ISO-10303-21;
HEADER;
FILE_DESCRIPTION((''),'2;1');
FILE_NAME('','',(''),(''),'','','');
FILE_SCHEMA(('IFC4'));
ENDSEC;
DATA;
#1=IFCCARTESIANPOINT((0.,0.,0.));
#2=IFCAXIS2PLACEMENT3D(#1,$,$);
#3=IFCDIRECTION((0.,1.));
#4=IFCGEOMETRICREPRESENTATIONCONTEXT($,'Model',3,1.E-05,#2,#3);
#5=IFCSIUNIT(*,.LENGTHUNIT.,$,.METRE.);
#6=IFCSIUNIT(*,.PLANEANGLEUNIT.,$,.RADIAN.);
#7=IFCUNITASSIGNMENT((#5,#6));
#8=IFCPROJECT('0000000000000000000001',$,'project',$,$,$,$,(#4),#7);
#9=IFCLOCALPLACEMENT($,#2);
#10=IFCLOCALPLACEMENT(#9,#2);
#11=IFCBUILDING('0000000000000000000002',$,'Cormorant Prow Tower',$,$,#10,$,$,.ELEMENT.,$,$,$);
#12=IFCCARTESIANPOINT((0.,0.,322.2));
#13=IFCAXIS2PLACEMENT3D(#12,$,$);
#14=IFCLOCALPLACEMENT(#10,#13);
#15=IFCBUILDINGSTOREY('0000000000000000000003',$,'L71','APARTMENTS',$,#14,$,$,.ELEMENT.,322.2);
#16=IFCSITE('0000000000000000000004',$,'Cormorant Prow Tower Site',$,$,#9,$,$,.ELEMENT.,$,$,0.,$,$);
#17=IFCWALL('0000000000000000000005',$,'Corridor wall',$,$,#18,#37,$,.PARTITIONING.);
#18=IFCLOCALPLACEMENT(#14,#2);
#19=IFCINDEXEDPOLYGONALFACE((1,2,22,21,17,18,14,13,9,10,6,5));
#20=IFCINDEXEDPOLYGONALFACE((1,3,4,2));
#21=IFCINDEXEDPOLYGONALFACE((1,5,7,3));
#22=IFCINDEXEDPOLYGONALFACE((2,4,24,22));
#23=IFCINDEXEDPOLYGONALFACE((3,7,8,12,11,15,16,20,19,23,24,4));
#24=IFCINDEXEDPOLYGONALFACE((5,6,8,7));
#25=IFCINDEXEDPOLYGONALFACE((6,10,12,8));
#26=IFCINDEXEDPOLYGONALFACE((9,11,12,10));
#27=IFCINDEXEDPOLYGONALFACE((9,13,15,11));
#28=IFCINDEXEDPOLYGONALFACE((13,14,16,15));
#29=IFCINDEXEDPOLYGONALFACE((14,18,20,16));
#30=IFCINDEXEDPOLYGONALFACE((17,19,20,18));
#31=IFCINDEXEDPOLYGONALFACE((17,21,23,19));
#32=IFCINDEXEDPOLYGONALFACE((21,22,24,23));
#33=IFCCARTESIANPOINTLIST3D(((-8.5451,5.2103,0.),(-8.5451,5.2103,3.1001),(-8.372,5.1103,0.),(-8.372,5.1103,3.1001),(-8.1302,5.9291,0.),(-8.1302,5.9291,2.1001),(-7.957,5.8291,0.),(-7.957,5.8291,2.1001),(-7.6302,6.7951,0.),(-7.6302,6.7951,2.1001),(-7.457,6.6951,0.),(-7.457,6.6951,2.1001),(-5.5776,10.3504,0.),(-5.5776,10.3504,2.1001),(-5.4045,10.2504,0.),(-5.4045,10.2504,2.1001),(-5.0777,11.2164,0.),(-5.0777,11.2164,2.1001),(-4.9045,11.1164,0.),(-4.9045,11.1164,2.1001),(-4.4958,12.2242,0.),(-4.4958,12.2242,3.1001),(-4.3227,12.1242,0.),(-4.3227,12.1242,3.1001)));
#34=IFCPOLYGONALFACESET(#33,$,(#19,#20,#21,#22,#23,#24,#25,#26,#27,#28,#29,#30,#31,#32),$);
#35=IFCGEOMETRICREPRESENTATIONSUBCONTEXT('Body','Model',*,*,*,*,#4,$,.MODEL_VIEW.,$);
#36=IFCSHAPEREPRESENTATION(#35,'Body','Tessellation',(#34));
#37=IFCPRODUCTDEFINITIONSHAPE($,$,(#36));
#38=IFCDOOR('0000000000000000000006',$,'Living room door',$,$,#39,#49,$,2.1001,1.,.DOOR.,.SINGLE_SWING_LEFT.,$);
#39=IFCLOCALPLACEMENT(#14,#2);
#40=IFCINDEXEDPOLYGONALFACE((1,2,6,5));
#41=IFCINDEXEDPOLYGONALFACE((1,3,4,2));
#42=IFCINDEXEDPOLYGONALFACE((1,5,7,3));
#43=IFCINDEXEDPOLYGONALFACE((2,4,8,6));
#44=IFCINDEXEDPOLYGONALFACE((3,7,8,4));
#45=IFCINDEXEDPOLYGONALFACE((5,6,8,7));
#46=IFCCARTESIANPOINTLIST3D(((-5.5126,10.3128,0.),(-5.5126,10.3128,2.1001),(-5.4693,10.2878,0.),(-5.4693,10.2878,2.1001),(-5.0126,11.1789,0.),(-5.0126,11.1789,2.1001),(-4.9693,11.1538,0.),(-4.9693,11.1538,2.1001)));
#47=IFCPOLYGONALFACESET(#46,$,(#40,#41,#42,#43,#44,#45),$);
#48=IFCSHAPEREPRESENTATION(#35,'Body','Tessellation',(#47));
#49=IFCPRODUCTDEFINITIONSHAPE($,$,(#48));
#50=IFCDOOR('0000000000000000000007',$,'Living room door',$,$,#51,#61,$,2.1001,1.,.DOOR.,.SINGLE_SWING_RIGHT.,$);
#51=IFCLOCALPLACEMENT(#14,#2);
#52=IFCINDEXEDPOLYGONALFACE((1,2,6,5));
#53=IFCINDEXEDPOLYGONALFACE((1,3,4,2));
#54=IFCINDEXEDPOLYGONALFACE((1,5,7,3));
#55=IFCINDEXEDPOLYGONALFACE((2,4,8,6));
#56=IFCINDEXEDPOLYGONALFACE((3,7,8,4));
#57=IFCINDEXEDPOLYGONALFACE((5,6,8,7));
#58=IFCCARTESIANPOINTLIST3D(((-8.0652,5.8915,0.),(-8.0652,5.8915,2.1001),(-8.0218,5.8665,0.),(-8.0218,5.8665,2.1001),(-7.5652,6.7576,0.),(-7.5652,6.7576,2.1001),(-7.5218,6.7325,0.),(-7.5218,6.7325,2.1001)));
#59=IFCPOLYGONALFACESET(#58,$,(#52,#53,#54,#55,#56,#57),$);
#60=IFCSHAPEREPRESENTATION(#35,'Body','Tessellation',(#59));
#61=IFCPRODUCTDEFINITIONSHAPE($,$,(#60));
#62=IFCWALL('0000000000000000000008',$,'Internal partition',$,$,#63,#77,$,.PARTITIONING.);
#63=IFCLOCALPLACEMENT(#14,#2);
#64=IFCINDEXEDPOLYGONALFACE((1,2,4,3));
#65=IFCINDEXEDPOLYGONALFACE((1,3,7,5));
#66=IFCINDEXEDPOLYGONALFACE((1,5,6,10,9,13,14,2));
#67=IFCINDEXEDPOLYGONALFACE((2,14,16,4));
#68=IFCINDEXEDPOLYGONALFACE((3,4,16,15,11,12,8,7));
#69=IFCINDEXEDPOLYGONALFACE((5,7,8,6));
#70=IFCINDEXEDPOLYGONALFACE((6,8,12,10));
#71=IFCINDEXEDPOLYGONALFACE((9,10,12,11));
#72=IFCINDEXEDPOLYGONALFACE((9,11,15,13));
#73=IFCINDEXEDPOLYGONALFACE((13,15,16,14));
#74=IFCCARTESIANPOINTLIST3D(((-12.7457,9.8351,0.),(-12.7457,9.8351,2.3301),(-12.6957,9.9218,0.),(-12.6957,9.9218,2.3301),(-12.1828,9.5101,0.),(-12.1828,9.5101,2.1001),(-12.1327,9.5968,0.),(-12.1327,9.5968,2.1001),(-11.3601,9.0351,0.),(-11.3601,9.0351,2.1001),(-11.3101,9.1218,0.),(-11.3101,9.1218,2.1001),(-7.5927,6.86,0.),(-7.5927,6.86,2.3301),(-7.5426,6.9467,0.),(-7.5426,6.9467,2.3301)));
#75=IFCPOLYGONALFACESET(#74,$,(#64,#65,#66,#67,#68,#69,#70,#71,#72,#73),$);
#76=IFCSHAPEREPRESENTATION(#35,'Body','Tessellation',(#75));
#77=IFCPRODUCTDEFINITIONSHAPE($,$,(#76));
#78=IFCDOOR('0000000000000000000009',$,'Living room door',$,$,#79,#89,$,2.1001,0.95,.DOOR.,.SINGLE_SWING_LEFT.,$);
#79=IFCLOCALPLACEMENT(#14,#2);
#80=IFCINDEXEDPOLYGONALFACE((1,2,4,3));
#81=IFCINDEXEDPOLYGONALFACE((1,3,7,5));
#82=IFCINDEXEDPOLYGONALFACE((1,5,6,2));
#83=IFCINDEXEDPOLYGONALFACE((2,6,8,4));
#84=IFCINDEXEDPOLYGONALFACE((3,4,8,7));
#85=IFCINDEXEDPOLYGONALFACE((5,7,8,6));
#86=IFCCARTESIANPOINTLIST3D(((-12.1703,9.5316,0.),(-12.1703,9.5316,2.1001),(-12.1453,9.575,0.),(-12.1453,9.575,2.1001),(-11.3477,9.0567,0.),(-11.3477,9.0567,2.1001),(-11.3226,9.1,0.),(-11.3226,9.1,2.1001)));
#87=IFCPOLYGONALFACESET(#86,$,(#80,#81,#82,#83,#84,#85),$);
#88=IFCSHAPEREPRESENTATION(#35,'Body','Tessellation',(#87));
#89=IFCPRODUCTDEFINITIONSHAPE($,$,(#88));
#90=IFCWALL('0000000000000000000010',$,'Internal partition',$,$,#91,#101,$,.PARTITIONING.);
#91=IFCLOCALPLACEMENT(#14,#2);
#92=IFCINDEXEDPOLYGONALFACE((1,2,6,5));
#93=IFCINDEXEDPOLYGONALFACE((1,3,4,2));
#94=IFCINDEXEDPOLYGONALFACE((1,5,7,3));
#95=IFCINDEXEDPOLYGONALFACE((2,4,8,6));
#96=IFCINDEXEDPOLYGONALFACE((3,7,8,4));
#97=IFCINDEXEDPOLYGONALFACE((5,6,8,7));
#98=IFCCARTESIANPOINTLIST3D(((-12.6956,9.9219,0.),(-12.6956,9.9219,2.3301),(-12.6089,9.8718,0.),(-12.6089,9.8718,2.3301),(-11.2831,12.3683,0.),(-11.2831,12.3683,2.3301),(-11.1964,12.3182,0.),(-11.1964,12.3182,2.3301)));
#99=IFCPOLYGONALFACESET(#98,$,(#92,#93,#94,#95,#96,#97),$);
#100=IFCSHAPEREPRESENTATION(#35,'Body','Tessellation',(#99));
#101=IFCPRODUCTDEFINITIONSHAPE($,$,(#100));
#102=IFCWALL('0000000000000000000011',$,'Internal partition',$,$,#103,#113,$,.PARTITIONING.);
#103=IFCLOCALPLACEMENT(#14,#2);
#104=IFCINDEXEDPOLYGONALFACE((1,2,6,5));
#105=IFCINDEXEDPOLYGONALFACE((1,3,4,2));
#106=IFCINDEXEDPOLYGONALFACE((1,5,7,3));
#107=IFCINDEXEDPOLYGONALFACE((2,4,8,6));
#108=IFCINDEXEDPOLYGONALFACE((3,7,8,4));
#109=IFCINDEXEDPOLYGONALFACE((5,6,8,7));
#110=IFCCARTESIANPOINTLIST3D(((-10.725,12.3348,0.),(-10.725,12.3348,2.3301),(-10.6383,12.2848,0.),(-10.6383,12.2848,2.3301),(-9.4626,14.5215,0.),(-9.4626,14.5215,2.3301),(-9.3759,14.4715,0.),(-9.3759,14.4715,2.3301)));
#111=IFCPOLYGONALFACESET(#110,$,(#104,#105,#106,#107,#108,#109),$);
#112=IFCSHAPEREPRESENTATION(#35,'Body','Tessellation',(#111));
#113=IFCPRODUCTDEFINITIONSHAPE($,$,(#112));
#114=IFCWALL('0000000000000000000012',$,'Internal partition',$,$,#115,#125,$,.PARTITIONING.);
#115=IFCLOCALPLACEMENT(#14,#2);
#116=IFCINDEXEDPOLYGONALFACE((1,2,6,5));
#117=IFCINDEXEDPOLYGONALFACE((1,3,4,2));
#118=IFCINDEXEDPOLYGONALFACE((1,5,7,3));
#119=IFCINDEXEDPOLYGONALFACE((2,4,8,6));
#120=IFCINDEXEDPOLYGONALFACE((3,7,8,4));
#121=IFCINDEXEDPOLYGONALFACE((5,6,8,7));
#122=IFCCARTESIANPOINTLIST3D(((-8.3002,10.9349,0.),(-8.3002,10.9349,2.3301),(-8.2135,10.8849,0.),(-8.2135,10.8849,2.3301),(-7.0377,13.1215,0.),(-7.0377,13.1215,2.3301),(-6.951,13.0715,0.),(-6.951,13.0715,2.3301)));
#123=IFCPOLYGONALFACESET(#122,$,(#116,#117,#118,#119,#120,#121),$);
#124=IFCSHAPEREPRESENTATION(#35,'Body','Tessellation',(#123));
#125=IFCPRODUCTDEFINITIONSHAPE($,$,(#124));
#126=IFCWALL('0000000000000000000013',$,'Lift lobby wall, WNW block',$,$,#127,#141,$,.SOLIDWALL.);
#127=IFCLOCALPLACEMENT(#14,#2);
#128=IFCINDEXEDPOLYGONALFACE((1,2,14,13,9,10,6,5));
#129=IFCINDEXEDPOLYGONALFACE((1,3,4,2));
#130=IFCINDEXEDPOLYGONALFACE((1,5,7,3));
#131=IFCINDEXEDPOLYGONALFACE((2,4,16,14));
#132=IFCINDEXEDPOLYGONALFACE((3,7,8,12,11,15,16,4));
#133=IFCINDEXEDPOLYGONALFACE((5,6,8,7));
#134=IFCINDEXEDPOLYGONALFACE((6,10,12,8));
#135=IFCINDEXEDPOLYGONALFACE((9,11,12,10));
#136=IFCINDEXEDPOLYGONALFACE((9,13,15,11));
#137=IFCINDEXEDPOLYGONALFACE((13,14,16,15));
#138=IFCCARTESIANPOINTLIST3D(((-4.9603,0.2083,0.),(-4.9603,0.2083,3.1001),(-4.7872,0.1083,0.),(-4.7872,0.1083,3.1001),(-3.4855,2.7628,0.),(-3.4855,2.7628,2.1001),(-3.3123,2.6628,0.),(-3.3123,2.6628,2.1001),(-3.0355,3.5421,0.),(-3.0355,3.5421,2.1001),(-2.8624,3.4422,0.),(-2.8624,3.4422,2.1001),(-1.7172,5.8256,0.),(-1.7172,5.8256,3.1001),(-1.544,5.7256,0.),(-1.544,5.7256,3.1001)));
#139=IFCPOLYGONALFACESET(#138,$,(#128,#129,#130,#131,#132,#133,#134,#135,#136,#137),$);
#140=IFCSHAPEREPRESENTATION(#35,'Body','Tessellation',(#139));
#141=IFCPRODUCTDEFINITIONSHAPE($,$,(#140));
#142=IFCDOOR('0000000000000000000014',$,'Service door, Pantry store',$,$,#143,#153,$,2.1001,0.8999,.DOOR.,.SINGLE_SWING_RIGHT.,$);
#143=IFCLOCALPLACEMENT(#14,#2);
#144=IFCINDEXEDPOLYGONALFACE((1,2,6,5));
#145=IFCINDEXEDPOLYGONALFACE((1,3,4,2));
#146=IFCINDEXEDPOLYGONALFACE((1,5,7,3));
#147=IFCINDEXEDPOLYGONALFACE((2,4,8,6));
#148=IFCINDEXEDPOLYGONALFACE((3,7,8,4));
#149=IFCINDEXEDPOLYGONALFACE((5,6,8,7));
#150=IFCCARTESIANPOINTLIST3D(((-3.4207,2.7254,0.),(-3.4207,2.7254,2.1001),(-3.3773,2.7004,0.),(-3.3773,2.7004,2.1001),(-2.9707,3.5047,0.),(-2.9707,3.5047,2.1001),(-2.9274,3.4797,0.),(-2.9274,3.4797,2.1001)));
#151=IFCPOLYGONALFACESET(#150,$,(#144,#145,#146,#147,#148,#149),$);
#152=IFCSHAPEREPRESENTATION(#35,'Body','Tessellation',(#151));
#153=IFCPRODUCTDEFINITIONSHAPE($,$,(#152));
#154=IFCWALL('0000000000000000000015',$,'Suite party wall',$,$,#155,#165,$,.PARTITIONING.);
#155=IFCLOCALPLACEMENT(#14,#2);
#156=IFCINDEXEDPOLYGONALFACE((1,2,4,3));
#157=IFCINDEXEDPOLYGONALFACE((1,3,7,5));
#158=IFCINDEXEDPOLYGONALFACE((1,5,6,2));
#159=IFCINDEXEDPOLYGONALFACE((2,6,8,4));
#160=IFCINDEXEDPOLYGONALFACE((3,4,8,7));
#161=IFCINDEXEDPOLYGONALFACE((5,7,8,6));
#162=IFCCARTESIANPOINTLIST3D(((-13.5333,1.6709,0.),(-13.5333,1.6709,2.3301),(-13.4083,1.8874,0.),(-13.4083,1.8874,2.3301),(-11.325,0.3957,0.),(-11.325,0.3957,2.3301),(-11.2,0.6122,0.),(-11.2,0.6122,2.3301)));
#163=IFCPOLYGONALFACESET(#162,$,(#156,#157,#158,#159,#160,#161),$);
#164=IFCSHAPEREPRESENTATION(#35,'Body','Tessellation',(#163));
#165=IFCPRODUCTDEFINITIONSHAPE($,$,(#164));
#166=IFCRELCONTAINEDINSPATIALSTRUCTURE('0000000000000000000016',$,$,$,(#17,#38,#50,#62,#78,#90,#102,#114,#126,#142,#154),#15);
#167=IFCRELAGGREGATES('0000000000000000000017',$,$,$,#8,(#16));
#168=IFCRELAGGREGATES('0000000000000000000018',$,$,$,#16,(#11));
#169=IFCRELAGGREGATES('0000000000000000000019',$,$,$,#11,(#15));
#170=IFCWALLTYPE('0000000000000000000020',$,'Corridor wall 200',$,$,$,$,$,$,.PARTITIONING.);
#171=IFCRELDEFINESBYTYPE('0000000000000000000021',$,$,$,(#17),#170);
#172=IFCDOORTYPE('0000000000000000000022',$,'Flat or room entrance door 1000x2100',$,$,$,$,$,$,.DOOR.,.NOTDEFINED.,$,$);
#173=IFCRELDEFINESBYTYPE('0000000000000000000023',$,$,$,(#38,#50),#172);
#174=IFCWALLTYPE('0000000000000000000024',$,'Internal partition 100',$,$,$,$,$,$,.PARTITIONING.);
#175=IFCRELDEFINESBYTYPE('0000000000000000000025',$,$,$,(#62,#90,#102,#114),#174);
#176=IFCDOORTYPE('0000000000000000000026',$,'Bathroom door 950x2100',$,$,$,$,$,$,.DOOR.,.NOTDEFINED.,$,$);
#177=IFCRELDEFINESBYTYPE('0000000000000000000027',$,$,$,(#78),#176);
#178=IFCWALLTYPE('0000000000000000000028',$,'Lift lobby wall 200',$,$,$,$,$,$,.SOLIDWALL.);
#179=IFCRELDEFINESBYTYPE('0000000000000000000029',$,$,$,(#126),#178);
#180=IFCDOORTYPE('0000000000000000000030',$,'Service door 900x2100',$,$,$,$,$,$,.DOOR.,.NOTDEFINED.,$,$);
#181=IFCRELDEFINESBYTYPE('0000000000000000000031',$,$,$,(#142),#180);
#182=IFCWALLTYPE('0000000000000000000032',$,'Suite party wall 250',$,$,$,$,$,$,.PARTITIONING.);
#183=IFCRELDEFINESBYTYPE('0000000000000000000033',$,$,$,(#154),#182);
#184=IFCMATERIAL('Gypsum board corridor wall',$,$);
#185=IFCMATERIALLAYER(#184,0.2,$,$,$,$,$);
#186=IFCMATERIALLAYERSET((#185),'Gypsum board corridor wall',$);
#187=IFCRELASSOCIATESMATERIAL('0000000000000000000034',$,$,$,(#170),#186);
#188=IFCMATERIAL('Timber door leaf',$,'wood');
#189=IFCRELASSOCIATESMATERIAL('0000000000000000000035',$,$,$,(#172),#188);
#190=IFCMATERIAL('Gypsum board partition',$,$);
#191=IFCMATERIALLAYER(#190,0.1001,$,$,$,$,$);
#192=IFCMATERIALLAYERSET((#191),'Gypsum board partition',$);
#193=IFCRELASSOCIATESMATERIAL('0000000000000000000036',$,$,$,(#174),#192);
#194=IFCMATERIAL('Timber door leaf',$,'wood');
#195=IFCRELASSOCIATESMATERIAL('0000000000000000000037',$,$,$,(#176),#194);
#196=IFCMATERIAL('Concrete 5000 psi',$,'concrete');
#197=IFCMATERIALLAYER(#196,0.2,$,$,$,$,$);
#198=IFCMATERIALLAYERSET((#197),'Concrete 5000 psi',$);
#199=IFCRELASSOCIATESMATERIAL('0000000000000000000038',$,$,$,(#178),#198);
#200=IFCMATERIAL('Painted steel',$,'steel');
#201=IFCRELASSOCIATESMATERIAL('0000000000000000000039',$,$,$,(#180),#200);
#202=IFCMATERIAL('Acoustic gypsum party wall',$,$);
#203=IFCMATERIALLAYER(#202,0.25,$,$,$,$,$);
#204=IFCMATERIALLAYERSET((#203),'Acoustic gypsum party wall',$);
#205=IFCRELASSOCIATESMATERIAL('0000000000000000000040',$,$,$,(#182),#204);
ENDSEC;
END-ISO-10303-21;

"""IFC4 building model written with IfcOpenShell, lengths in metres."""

from ifc_helpers import new_model, si_unit, direction, frame, frame_2d, origin, place, context, subcontext, project, spatial, rectangle, extrude, material, layer, layer_set, type_object, element, fill, save


model = new_model("IFC4")

# Units and contexts
model_context = context("Model", 3, precision=1e-05, world=origin(), true_north=direction((0.0, 1.0)))
body_context = subcontext(model_context, "Body", "Model", "MODEL_VIEW")
ifc_project = project(units=[si_unit("LENGTHUNIT", "METRE"), si_unit("PLANEANGLEUNIT", "RADIAN")], contexts=[model_context])

# Site, building, storey
site_placement = place(None, origin())
site = spatial("IfcSite", under=ifc_project, at=site_placement, Name="Cormorant Prow Tower Site", CompositionType="ELEMENT", RefElevation=0.0)
building_placement = place(site_placement, origin())
building = spatial("IfcBuilding", under=site, at=building_placement, Name="Cormorant Prow Tower", CompositionType="ELEMENT")
storey_placement = place(building_placement, frame((0.0, 0.0, 322.2)))
storey = spatial("IfcBuildingStorey", under=building, at=storey_placement, Name="L71", Description="APARTMENTS", CompositionType="ELEMENT", Elevation=322.2)

# Wall, openings, doors
ifc_material_1 = material(Name="Gypsum board corridor wall")
ifc_layer_1 = layer(ifc_material_1, 0.2)
ifc_layer_set_1 = layer_set([ifc_layer_1], Name="Gypsum board corridor wall")
wall_type_1 = type_object("IfcWallType", Name="Corridor wall 200", PredefinedType="PARTITIONING", material=ifc_layer_set_1)
wall_1_placement = place(storey_placement, frame((-8.4585, 5.1604, 0.0), z_axis=(0.0, 0.0, 1.0), x_axis=(0.499984, 0.866034, 0.0)))
wall_1 = element("IfcWall", 1, at=wall_1_placement, inside=storey, type_object=wall_type_1, Name="Corridor wall", PredefinedType="PARTITIONING", context=body_context, shape_type="SweptSolid", body=[
    extrude(rectangle(XDim=8.0989, YDim=0.2, at=frame_2d((4.0493, 0.0))), origin(), (0.0, 0.0, 1.0), 3.1001),
])
opening_1_placement = place(wall_1_placement, frame((5.9351, 0.0, 0.0)))
opening_1 = element("IfcOpeningElement", 2, at=opening_1_placement, cuts=wall_1, PredefinedType="OPENING", context=body_context, shape_type="SweptSolid", body=[
    extrude(rectangle(XDim=1.0, YDim=2.1001, at=frame_2d((0.5, 1.05))), frame((0.0, 0.1099, 0.0), z_axis=(0.0, -1.0, 0.0), x_axis=(1.0, 0.0, 0.0)), (0.0, 0.0, 1.0), 0.22),
])
opening_2_placement = place(wall_1_placement, frame((0.8298, 0.0, 0.0)))
opening_2 = element("IfcOpeningElement", 3, at=opening_2_placement, cuts=wall_1, PredefinedType="OPENING", context=body_context, shape_type="SweptSolid", body=[
    extrude(rectangle(XDim=1.0, YDim=2.1001, at=frame_2d((0.5, 1.05))), frame((0.0, 0.1099, 0.0), z_axis=(0.0, -1.0, 0.0), x_axis=(1.0, 0.0, 0.0)), (0.0, 0.0, 1.0), 0.22),
])
ifc_material_2 = material(Name="Timber door leaf", Category="wood")
door_type_1 = type_object("IfcDoorType", Name="Flat or room entrance door 1000x2100", OperationType="NOTDEFINED", PredefinedType="DOOR", material=ifc_material_2)
door_1_placement = place(opening_1_placement, origin())
door_1 = element("IfcDoor", 4, at=door_1_placement, inside=storey, type_object=door_type_1, Name="Living room door", OperationType="SINGLE_SWING_LEFT", OverallHeight=2.1001, OverallWidth=1.0, PredefinedType="DOOR", context=body_context, shape_type="SweptSolid", body=[
    extrude(rectangle(XDim=1.0, YDim=2.1001, at=frame_2d((0.5, 1.05))), frame((0.0, 0.0249, 0.0), z_axis=(0.0, -1.0, 0.0), x_axis=(1.0, 0.0, 0.0)), (0.0, 0.0, 1.0), 0.05),
])
fill(opening_1, door_1)
door_2_placement = place(opening_2_placement, origin())
door_2 = element("IfcDoor", 5, at=door_2_placement, inside=storey, type_object=door_type_1, Name="Living room door", OperationType="SINGLE_SWING_RIGHT", OverallHeight=2.1001, OverallWidth=1.0, PredefinedType="DOOR", context=body_context, shape_type="SweptSolid", body=[
    extrude(rectangle(XDim=1.0, YDim=2.1001, at=frame_2d((0.5, 1.05))), frame((0.0, 0.0249, 0.0), z_axis=(0.0, -1.0, 0.0), x_axis=(1.0, 0.0, 0.0)), (0.0, 0.0, 1.0), 0.05),
])
fill(opening_2, door_2)

# Wall, opening, door
ifc_material_3 = material(Name="Gypsum board partition")
ifc_layer_2 = layer(ifc_material_3, 0.1001)
ifc_layer_set_2 = layer_set([ifc_layer_2], Name="Gypsum board partition")
wall_type_2 = type_object("IfcWallType", Name="Internal partition 100", PredefinedType="PARTITIONING", material=ifc_layer_set_2)
wall_2_placement = place(storey_placement, frame((-12.7207, 9.8784, 0.0), z_axis=(0.0, 0.0, 1.0), x_axis=(0.866028, -0.499996, 0.0)))
wall_2 = element("IfcWall", 6, at=wall_2_placement, inside=storey, type_object=wall_type_2, Name="Internal partition", PredefinedType="PARTITIONING", context=body_context, shape_type="SweptSolid", body=[
    extrude(rectangle(XDim=5.9502, YDim=0.1001, at=frame_2d((2.9751, 0.0))), origin(), (0.0, 0.0, 1.0), 2.3301),
])
opening_3_placement = place(wall_2_placement, frame((0.6499, 0.0, 0.0)))
opening_3 = element("IfcOpeningElement", 7, at=opening_3_placement, cuts=wall_2, PredefinedType="OPENING", context=body_context, shape_type="SweptSolid", body=[
    extrude(rectangle(XDim=0.95, YDim=2.1001, at=frame_2d((0.4751, 1.05))), frame((0.0, 0.0601, 0.0), z_axis=(0.0, -1.0, 0.0), x_axis=(1.0, 0.0, 0.0)), (0.0, 0.0, 1.0), 0.1201),
])
ifc_material_4 = material(Name="Timber door leaf", Category="wood")
door_type_2 = type_object("IfcDoorType", Name="Bathroom door 950x2100", OperationType="NOTDEFINED", PredefinedType="DOOR", material=ifc_material_4)
door_3_placement = place(opening_3_placement, origin())
door_3 = element("IfcDoor", 8, at=door_3_placement, inside=storey, type_object=door_type_2, Name="Living room door", OperationType="SINGLE_SWING_LEFT", OverallHeight=2.1001, OverallWidth=0.95, PredefinedType="DOOR", context=body_context, shape_type="SweptSolid", body=[
    extrude(rectangle(XDim=0.95, YDim=2.1001, at=frame_2d((0.4751, 1.05))), frame((0.0, 0.0249, 0.0), z_axis=(0.0, -1.0, 0.0), x_axis=(1.0, 0.0, 0.0)), (0.0, 0.0, 1.0), 0.05),
])
fill(opening_3, door_3)

# Walls
wall_3_placement = place(storey_placement, frame((-12.6523, 9.8967, 0.0), z_axis=(0.0, 0.0, 1.0), x_axis=(0.500024, 0.866011, 0.0)))
element("IfcWall", 9, at=wall_3_placement, inside=storey, type_object=wall_type_2, Name="Internal partition", PredefinedType="PARTITIONING", context=body_context, shape_type="SweptSolid", body=[
    extrude(rectangle(XDim=2.825, YDim=0.1001, at=frame_2d((1.4126, 0.0))), origin(), (0.0, 0.0, 1.0), 2.3301),
])
for number, where, z_axis, x_axis, name in (
    (10, (-10.6816, 12.3098, 0.0), (0.0, 0.0, 1.0), (0.499976, 0.866039, 0.0), "Internal partition"),
    (11, (-8.2568, 10.9099, 0.0), (0.0, 0.0, 1.0), (0.500018, 0.866015, 0.0), "Internal partition"),
):
    element("IfcWall", number, at=place(storey_placement, frame(where, z_axis=z_axis, x_axis=x_axis)), inside=storey, type_object=wall_type_2, Name=name, PredefinedType="PARTITIONING", context=body_context, shape_type="SweptSolid", body=[
        extrude(rectangle(XDim=2.5249, YDim=0.1001, at=frame_2d((1.2625, 0.0))), origin(), (0.0, 0.0, 1.0), 2.3301),
    ])

# Wall, opening, door
ifc_material_5 = material(Name="Concrete 5000 psi", Category="concrete")
ifc_layer_3 = layer(ifc_material_5, 0.2)
ifc_layer_set_3 = layer_set([ifc_layer_3], Name="Concrete 5000 psi")
wall_type_3 = type_object("IfcWallType", Name="Lift lobby wall 200", PredefinedType="SOLIDWALL", material=ifc_layer_set_3)
wall_4_placement = place(storey_placement, frame((-1.6306, 5.7756, 0.0), z_axis=(0.0, 0.0, 1.0), x_axis=(-0.499993, -0.86603, 0.0)))
wall_4 = element("IfcWall", 12, at=wall_4_placement, inside=storey, type_object=wall_type_3, Name="Lift lobby wall, WNW block", PredefinedType="SOLIDWALL", context=body_context, shape_type="SweptSolid", body=[
    extrude(rectangle(XDim=6.4863, YDim=0.2, at=frame_2d((3.2432, 0.0))), origin(), (0.0, 0.0, 1.0), 3.1001),
])
opening_4_placement = place(wall_4_placement, frame((2.6367, 0.0, 0.0)))
opening_4 = element("IfcOpeningElement", 13, at=opening_4_placement, cuts=wall_4, PredefinedType="OPENING", context=body_context, shape_type="SweptSolid", body=[
    extrude(rectangle(XDim=0.8999, YDim=2.1001, at=frame_2d((0.45, 1.05))), frame((0.0, 0.1099, 0.0), z_axis=(0.0, -1.0, 0.0), x_axis=(1.0, 0.0, 0.0)), (0.0, 0.0, 1.0), 0.22),
])
ifc_material_6 = material(Name="Painted steel", Category="steel")
door_type_3 = type_object("IfcDoorType", Name="Service door 900x2100", OperationType="NOTDEFINED", PredefinedType="DOOR", material=ifc_material_6)
door_4_placement = place(opening_4_placement, origin())
door_4 = element("IfcDoor", 14, at=door_4_placement, inside=storey, type_object=door_type_3, Name="Service door, Pantry store", OperationType="SINGLE_SWING_RIGHT", OverallHeight=2.1001, OverallWidth=0.8999, PredefinedType="DOOR", context=body_context, shape_type="SweptSolid", body=[
    extrude(rectangle(XDim=0.8999, YDim=2.1001, at=frame_2d((0.45, 1.05))), frame((0.0, 0.0249, 0.0), z_axis=(0.0, -1.0, 0.0), x_axis=(1.0, 0.0, 0.0)), (0.0, 0.0, 1.0), 0.05),
])
fill(opening_4, door_4)

# Wall
ifc_material_7 = material(Name="Acoustic gypsum party wall")
ifc_layer_4 = layer(ifc_material_7, 0.25)
ifc_layer_set_4 = layer_set([ifc_layer_4], Name="Acoustic gypsum party wall")
wall_type_4 = type_object("IfcWallType", Name="Suite party wall 250", PredefinedType="PARTITIONING", material=ifc_layer_set_4)
wall_5_placement = place(storey_placement, frame((-13.4707, 1.7791, 0.0), z_axis=(0.0, 0.0, 1.0), x_axis=(0.865989, -0.500062, 0.0)))
element("IfcWall", 15, at=wall_5_placement, inside=storey, type_object=wall_type_4, Name="Suite party wall", PredefinedType="PARTITIONING", context=body_context, shape_type="SweptSolid", body=[
    extrude(rectangle(XDim=2.55, YDim=0.25, at=frame_2d((1.2749, 0.0))), origin(), (0.0, 0.0, 1.0), 2.3301),
])

save(model, "model.ifc")
